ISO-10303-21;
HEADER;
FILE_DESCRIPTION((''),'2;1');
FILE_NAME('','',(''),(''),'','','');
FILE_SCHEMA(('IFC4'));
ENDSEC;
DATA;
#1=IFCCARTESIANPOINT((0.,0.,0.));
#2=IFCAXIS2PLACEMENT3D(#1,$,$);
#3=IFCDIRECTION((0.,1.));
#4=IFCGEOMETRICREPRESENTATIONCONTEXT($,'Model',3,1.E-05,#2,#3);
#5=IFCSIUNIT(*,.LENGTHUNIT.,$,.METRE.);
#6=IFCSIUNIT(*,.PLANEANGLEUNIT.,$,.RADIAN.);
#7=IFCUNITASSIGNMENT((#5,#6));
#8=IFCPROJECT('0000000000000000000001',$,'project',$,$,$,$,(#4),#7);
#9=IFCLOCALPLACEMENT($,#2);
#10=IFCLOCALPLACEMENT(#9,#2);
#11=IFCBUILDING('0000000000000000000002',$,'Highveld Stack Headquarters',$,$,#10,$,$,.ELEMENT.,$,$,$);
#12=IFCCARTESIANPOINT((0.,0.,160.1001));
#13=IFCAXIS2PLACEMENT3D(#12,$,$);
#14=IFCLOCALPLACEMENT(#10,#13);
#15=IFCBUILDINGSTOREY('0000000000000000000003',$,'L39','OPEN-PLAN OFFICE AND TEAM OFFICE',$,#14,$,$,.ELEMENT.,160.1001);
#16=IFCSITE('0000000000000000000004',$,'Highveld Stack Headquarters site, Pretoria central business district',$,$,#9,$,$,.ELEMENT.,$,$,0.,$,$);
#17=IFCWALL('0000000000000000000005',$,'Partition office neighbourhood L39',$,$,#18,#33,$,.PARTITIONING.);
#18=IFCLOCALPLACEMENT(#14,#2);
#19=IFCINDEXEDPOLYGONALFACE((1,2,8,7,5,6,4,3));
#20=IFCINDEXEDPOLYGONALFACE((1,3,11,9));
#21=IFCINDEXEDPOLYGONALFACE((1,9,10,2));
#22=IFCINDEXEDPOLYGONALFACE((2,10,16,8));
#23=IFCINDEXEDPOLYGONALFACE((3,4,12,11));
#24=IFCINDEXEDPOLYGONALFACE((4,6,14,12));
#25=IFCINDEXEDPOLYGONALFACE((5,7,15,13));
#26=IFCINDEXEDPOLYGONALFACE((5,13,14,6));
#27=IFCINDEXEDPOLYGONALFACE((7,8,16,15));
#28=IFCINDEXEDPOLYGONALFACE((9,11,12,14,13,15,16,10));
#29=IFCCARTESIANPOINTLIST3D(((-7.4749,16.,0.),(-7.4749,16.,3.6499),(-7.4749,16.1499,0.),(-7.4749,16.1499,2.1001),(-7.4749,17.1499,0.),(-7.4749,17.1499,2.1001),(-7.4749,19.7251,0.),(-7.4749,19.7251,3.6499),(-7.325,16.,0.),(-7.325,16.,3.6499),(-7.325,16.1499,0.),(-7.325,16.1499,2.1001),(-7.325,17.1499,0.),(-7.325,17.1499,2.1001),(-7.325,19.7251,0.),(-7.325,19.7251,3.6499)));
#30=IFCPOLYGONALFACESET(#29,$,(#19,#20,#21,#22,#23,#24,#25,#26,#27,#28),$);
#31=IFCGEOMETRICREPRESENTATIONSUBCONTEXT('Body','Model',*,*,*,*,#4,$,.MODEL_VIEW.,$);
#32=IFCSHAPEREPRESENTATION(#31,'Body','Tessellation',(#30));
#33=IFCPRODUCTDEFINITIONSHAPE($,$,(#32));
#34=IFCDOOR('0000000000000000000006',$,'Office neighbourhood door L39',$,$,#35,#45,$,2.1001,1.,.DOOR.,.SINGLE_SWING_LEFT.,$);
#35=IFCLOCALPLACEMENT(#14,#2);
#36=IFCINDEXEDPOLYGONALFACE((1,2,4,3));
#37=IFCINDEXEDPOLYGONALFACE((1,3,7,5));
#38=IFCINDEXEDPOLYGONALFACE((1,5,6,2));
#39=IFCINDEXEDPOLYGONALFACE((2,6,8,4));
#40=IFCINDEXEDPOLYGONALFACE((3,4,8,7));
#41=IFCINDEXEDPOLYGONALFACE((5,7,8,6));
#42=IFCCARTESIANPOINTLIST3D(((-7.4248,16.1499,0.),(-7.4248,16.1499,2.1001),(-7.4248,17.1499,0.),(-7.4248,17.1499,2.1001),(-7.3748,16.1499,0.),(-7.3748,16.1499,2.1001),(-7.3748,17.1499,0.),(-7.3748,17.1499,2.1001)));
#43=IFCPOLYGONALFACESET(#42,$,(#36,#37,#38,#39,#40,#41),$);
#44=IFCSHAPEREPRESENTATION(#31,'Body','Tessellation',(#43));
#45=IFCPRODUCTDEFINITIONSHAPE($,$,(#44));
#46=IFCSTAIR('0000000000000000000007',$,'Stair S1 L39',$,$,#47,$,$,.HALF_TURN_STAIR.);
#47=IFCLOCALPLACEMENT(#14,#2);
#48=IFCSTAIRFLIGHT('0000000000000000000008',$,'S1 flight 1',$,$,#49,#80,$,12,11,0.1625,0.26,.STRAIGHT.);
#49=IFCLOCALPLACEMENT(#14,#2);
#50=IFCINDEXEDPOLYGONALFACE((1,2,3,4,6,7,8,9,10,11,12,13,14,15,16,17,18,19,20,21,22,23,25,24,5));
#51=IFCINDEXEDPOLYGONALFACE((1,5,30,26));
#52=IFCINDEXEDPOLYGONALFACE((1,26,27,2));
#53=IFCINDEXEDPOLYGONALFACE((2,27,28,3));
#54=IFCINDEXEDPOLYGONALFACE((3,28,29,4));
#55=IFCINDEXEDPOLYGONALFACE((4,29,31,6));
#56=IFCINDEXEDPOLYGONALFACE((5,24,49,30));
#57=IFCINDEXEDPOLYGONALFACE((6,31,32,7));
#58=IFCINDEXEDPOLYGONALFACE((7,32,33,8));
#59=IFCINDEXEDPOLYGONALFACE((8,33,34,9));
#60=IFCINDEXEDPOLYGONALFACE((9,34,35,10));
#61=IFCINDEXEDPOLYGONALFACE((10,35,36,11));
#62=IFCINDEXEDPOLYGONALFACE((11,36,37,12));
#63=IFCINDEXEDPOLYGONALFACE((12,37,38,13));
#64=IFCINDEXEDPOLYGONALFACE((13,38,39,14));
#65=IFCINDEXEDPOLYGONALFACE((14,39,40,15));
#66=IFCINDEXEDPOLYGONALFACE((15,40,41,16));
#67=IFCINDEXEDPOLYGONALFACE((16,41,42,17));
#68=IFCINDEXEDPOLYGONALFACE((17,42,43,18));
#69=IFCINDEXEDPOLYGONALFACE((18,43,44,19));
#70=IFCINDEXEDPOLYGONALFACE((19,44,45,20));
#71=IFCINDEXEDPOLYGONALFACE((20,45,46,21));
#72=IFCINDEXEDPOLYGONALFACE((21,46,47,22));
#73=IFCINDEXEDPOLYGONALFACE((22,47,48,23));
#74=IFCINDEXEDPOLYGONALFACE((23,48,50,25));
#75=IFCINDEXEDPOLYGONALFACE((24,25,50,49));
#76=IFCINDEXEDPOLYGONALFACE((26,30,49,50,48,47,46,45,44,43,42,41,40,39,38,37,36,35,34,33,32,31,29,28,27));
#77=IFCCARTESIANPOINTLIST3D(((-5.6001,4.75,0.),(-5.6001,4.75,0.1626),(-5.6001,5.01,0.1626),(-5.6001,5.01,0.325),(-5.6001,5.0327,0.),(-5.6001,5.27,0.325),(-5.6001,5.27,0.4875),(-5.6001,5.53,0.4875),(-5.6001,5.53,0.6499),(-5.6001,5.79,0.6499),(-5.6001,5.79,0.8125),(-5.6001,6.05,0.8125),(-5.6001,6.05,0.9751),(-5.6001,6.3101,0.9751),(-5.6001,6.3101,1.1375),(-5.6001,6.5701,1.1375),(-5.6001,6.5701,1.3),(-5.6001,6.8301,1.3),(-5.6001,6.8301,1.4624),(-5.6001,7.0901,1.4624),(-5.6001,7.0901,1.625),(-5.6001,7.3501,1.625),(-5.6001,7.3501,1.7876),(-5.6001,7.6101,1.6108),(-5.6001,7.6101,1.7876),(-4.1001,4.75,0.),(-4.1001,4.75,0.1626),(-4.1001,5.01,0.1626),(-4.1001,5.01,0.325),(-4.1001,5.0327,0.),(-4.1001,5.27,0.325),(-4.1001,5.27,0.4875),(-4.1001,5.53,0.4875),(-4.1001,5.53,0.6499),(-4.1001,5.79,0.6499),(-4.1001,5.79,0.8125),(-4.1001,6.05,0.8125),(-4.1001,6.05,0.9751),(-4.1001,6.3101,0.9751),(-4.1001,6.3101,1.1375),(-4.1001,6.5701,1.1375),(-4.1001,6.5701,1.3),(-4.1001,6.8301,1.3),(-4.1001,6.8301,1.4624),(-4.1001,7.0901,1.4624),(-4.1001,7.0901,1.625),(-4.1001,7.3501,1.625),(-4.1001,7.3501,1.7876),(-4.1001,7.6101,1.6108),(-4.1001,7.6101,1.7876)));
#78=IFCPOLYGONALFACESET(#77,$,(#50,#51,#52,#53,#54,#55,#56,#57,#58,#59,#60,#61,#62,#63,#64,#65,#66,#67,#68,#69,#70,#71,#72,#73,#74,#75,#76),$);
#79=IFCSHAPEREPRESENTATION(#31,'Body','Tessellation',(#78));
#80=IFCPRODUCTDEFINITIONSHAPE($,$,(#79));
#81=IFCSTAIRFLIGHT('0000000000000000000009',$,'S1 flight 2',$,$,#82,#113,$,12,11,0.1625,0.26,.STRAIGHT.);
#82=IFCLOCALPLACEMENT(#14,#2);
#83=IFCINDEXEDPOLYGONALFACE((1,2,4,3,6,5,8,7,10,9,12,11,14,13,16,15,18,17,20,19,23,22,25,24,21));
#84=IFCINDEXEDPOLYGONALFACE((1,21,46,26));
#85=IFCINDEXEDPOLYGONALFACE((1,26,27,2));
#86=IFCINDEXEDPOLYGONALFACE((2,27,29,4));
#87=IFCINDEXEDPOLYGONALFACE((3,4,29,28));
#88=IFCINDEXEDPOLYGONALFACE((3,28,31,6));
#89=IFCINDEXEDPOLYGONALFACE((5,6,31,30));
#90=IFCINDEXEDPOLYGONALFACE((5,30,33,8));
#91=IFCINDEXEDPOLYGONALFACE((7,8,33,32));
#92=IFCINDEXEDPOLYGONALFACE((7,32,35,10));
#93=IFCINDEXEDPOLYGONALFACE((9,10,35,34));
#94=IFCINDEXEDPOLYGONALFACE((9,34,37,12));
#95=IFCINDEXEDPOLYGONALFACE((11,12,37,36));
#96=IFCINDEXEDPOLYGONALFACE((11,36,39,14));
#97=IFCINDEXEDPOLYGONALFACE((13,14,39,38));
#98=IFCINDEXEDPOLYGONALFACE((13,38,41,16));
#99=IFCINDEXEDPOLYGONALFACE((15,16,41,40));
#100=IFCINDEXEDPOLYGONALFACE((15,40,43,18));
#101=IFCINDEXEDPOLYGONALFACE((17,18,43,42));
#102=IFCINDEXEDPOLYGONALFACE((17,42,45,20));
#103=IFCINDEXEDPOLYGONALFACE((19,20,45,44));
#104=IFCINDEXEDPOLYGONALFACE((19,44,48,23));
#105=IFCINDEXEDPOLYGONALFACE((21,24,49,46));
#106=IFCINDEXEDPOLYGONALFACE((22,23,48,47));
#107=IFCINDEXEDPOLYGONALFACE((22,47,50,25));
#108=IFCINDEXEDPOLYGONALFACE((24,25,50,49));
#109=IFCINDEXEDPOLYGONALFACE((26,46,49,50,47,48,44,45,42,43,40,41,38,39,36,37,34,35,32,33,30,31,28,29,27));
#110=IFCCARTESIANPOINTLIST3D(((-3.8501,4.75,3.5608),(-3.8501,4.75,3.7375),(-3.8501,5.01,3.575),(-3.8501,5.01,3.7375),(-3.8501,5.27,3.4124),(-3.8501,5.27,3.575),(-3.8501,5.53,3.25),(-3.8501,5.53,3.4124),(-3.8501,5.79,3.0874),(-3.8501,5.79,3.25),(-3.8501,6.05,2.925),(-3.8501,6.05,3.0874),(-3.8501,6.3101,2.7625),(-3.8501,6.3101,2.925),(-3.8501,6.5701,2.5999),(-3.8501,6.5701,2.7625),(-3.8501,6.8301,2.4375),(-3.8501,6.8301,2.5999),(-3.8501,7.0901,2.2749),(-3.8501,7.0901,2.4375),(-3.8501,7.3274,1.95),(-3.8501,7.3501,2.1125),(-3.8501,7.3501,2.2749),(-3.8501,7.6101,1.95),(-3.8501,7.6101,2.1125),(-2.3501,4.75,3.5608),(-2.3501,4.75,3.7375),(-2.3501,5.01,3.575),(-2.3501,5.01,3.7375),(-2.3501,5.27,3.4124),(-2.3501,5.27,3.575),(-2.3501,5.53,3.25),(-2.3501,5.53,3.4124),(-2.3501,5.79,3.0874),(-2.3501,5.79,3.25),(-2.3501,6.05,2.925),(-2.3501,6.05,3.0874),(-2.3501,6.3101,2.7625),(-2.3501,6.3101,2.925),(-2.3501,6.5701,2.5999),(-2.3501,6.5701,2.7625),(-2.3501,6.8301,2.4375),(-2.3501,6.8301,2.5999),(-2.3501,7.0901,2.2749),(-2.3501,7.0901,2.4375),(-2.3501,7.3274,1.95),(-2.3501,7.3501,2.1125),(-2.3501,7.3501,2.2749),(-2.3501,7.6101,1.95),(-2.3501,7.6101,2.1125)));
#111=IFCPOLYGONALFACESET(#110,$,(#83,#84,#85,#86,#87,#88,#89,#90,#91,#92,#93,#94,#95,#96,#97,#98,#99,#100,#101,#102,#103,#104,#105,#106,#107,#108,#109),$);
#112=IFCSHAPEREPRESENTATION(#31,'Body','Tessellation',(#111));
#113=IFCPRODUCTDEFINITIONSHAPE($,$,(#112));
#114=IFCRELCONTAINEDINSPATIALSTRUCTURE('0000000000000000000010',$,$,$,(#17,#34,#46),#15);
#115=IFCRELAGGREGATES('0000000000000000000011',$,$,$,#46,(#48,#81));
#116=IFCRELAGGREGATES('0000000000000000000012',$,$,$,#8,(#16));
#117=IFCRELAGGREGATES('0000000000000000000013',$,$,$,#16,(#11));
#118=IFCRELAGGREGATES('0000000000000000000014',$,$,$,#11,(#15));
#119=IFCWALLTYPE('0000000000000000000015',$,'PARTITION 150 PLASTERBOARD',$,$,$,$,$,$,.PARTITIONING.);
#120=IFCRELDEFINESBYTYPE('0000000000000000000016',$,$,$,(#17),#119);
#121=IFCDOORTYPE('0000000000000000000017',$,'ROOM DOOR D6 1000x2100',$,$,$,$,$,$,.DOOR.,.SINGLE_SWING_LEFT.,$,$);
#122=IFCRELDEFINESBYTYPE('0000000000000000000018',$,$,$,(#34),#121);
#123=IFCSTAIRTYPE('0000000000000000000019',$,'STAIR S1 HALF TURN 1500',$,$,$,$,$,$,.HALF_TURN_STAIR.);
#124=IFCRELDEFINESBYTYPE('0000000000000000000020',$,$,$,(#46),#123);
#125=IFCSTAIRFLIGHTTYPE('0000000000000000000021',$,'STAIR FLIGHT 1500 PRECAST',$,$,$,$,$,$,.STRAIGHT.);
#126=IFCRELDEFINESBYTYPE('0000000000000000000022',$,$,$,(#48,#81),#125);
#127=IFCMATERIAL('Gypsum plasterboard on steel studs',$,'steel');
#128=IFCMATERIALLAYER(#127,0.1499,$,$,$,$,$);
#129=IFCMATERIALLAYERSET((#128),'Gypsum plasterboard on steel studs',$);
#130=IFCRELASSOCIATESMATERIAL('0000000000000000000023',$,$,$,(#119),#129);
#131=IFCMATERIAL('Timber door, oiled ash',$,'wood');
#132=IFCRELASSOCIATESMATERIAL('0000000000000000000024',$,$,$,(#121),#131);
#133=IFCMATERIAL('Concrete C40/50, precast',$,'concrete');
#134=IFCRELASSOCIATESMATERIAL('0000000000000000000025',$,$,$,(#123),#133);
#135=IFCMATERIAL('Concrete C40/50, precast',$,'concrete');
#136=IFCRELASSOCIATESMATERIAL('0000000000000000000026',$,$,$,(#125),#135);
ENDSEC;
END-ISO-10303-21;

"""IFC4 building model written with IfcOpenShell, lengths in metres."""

from ifc_helpers import new_model, si_unit, direction, frame, frame_2d, origin, place, context, subcontext, project, spatial, polyline, rectangle, outline, extrude, material, layer, layer_set, type_object, element, fill, aggregate, save


model = new_model("IFC4")

# Units and contexts
model_context = context("Model", 3, precision=1e-05, world=origin(), true_north=direction((0.0, 1.0)))
body_context = subcontext(model_context, "Body", "Model", "MODEL_VIEW")
ifc_project = project(units=[si_unit("LENGTHUNIT", "METRE"), si_unit("PLANEANGLEUNIT", "RADIAN")], contexts=[model_context])

# Site, building, storey
site_placement = place(None, origin())
site = spatial("IfcSite", under=ifc_project, at=site_placement, Name="Highveld Stack Headquarters site, Pretoria central business district", CompositionType="ELEMENT", RefElevation=0.0)
building_placement = place(site_placement, origin())
building = spatial("IfcBuilding", under=site, at=building_placement, Name="Highveld Stack Headquarters", CompositionType="ELEMENT")
storey_placement = place(building_placement, frame((0.0, 0.0, 160.1001)))
storey = spatial("IfcBuildingStorey", under=building, at=storey_placement, Name="L39", Description="OPEN-PLAN OFFICE AND TEAM OFFICE", CompositionType="ELEMENT", Elevation=160.1001)

# Wall, opening, door
ifc_material_1 = material(Name="Gypsum plasterboard on steel studs", Category="steel")
ifc_layer_1 = layer(ifc_material_1, 0.1499)
ifc_layer_set_1 = layer_set([ifc_layer_1], Name="Gypsum plasterboard on steel studs")
wall_type_1 = type_object("IfcWallType", Name="PARTITION 150 PLASTERBOARD", PredefinedType="PARTITIONING", material=ifc_layer_set_1)
wall_1_placement = place(storey_placement, frame((-7.3999, 16.0, 0.0), z_axis=(0.0, 0.0, 1.0), x_axis=(0.0, 1.0, 0.0)))
wall_1 = element("IfcWall", 1, at=wall_1_placement, inside=storey, type_object=wall_type_1, Name="Partition office neighbourhood L39", PredefinedType="PARTITIONING", context=body_context, shape_type="SweptSolid", body=[
    extrude(rectangle(XDim=3.7251, YDim=0.1499, at=frame_2d((1.8625, 0.0))), origin(), (0.0, 0.0, 1.0), 3.6499),
])
opening_1_placement = place(wall_1_placement, frame((0.1499, 0.0, 0.0)))
opening_1 = element("IfcOpeningElement", 2, at=opening_1_placement, cuts=wall_1, PredefinedType="OPENING", context=body_context, shape_type="SweptSolid", body=[
    extrude(rectangle(XDim=1.0, YDim=2.1001, at=frame_2d((0.5, 1.05))), frame((0.0, 0.085, 0.0), z_axis=(0.0, -1.0, 0.0), x_axis=(1.0, 0.0, 0.0)), (0.0, 0.0, 1.0), 0.1699),
])
ifc_material_2 = material(Name="Timber door, oiled ash", Category="wood")
door_type_1 = type_object("IfcDoorType", Name="ROOM DOOR D6 1000x2100", OperationType="SINGLE_SWING_LEFT", PredefinedType="DOOR", material=ifc_material_2)
door_1_placement = place(opening_1_placement, origin())
door_1 = element("IfcDoor", 3, at=door_1_placement, inside=storey, type_object=door_type_1, Name="Office neighbourhood door L39", OperationType="SINGLE_SWING_LEFT", OverallHeight=2.1001, OverallWidth=1.0, PredefinedType="DOOR", context=body_context, shape_type="SweptSolid", body=[
    extrude(rectangle(XDim=1.0, YDim=2.1001, at=frame_2d((0.5, 1.05))), frame((0.0, 0.0249, 0.0), z_axis=(0.0, -1.0, 0.0), x_axis=(1.0, 0.0, 0.0)), (0.0, 0.0, 1.0), 0.05),
])
fill(opening_1, door_1)

# Stair, stair flights
ifc_material_3 = material(Name="Concrete C40/50, precast", Category="concrete")
stair_type = type_object("IfcStairType", Name="STAIR S1 HALF TURN 1500", PredefinedType="HALF_TURN_STAIR", material=ifc_material_3)
stair_placement = place(storey_placement, origin())
stair = element("IfcStair", 4, at=stair_placement, inside=storey, type_object=stair_type, Name="Stair S1 L39", PredefinedType="HALF_TURN_STAIR")
ifc_material_4 = material(Name="Concrete C40/50, precast", Category="concrete")
stair_flight_type = type_object("IfcStairFlightType", Name="STAIR FLIGHT 1500 PRECAST", PredefinedType="STRAIGHT", material=ifc_material_4)
stair_flight_1_placement = place(storey_placement, frame((-4.8501, 4.75, 0.0), z_axis=(0.0, 0.0, 1.0), x_axis=(0.0, 1.0, 0.0)))
stair_flight_1 = element("IfcStairFlight", 5, at=stair_flight_1_placement, type_object=stair_flight_type, Name="S1 flight 1", NumberOfRisers=12, NumberOfTreads=11, PredefinedType="STRAIGHT", RiserHeight=0.1625, TreadLength=0.26, context=body_context, shape_type="SweptSolid", body=[
    extrude(outline(polyline([(0.0, 0.0), (0.0, 0.1626), (0.26, 0.1626), (0.26, 0.325), (0.52, 0.325), (0.52, 0.4875), (0.78, 0.4875), (0.78, 0.6499), (1.04, 0.6499), (1.04, 0.8125), (1.3, 0.8125), (1.3, 0.9751), (1.5601, 0.9751), (1.5601, 1.1375), (1.8201, 1.1375), (1.8201, 1.3), (2.0801, 1.3), (2.0801, 1.4624), (2.3401, 1.4624), (2.3401, 1.625), (2.6001, 1.625), (2.6001, 1.7876), (2.8601, 1.7876), (2.8601, 1.95), (2.8601, 1.6108), (0.2827, 0.0), (0.0, 0.0)])), frame((0.0, 0.75, 0.0), z_axis=(0.0, -1.0, 0.0), x_axis=(1.0, 0.0, 0.0)), (0.0, 0.0, 1.0), 1.5),
])
stair_flight_2_placement = place(storey_placement, frame((-3.1001, 7.6101, 1.95), z_axis=(0.0, 0.0, 1.0), x_axis=(0.0, -1.0, 0.0)))
stair_flight_2 = element("IfcStairFlight", 6, at=stair_flight_2_placement, type_object=stair_flight_type, Name="S1 flight 2", NumberOfRisers=12, NumberOfTreads=11, PredefinedType="STRAIGHT", RiserHeight=0.1625, TreadLength=0.26, context=body_context, shape_type="SweptSolid", body=[
    extrude(outline(polyline([(0.0, 0.0), (0.0, 0.1626), (0.26, 0.1626), (0.26, 0.325), (0.52, 0.325), (0.52, 0.4875), (0.78, 0.4875), (0.78, 0.6499), (1.04, 0.6499), (1.04, 0.8125), (1.3, 0.8125), (1.3, 0.9751), (1.5601, 0.9751), (1.5601, 1.1375), (1.8201, 1.1375), (1.8201, 1.3), (2.0801, 1.3), (2.0801, 1.4624), (2.3401, 1.4624), (2.3401, 1.625), (2.6001, 1.625), (2.6001, 1.7876), (2.8601, 1.7876), (2.8601, 1.95), (2.8601, 1.6108), (0.2827, 0.0), (0.0, 0.0)])), frame((0.0, 0.75, 0.0), z_axis=(0.0, -1.0, 0.0), x_axis=(1.0, 0.0, 0.0)), (0.0, 0.0, 1.0), 1.5),
])
aggregate(stair, [stair_flight_1, stair_flight_2])

save(model, "model.ifc")
